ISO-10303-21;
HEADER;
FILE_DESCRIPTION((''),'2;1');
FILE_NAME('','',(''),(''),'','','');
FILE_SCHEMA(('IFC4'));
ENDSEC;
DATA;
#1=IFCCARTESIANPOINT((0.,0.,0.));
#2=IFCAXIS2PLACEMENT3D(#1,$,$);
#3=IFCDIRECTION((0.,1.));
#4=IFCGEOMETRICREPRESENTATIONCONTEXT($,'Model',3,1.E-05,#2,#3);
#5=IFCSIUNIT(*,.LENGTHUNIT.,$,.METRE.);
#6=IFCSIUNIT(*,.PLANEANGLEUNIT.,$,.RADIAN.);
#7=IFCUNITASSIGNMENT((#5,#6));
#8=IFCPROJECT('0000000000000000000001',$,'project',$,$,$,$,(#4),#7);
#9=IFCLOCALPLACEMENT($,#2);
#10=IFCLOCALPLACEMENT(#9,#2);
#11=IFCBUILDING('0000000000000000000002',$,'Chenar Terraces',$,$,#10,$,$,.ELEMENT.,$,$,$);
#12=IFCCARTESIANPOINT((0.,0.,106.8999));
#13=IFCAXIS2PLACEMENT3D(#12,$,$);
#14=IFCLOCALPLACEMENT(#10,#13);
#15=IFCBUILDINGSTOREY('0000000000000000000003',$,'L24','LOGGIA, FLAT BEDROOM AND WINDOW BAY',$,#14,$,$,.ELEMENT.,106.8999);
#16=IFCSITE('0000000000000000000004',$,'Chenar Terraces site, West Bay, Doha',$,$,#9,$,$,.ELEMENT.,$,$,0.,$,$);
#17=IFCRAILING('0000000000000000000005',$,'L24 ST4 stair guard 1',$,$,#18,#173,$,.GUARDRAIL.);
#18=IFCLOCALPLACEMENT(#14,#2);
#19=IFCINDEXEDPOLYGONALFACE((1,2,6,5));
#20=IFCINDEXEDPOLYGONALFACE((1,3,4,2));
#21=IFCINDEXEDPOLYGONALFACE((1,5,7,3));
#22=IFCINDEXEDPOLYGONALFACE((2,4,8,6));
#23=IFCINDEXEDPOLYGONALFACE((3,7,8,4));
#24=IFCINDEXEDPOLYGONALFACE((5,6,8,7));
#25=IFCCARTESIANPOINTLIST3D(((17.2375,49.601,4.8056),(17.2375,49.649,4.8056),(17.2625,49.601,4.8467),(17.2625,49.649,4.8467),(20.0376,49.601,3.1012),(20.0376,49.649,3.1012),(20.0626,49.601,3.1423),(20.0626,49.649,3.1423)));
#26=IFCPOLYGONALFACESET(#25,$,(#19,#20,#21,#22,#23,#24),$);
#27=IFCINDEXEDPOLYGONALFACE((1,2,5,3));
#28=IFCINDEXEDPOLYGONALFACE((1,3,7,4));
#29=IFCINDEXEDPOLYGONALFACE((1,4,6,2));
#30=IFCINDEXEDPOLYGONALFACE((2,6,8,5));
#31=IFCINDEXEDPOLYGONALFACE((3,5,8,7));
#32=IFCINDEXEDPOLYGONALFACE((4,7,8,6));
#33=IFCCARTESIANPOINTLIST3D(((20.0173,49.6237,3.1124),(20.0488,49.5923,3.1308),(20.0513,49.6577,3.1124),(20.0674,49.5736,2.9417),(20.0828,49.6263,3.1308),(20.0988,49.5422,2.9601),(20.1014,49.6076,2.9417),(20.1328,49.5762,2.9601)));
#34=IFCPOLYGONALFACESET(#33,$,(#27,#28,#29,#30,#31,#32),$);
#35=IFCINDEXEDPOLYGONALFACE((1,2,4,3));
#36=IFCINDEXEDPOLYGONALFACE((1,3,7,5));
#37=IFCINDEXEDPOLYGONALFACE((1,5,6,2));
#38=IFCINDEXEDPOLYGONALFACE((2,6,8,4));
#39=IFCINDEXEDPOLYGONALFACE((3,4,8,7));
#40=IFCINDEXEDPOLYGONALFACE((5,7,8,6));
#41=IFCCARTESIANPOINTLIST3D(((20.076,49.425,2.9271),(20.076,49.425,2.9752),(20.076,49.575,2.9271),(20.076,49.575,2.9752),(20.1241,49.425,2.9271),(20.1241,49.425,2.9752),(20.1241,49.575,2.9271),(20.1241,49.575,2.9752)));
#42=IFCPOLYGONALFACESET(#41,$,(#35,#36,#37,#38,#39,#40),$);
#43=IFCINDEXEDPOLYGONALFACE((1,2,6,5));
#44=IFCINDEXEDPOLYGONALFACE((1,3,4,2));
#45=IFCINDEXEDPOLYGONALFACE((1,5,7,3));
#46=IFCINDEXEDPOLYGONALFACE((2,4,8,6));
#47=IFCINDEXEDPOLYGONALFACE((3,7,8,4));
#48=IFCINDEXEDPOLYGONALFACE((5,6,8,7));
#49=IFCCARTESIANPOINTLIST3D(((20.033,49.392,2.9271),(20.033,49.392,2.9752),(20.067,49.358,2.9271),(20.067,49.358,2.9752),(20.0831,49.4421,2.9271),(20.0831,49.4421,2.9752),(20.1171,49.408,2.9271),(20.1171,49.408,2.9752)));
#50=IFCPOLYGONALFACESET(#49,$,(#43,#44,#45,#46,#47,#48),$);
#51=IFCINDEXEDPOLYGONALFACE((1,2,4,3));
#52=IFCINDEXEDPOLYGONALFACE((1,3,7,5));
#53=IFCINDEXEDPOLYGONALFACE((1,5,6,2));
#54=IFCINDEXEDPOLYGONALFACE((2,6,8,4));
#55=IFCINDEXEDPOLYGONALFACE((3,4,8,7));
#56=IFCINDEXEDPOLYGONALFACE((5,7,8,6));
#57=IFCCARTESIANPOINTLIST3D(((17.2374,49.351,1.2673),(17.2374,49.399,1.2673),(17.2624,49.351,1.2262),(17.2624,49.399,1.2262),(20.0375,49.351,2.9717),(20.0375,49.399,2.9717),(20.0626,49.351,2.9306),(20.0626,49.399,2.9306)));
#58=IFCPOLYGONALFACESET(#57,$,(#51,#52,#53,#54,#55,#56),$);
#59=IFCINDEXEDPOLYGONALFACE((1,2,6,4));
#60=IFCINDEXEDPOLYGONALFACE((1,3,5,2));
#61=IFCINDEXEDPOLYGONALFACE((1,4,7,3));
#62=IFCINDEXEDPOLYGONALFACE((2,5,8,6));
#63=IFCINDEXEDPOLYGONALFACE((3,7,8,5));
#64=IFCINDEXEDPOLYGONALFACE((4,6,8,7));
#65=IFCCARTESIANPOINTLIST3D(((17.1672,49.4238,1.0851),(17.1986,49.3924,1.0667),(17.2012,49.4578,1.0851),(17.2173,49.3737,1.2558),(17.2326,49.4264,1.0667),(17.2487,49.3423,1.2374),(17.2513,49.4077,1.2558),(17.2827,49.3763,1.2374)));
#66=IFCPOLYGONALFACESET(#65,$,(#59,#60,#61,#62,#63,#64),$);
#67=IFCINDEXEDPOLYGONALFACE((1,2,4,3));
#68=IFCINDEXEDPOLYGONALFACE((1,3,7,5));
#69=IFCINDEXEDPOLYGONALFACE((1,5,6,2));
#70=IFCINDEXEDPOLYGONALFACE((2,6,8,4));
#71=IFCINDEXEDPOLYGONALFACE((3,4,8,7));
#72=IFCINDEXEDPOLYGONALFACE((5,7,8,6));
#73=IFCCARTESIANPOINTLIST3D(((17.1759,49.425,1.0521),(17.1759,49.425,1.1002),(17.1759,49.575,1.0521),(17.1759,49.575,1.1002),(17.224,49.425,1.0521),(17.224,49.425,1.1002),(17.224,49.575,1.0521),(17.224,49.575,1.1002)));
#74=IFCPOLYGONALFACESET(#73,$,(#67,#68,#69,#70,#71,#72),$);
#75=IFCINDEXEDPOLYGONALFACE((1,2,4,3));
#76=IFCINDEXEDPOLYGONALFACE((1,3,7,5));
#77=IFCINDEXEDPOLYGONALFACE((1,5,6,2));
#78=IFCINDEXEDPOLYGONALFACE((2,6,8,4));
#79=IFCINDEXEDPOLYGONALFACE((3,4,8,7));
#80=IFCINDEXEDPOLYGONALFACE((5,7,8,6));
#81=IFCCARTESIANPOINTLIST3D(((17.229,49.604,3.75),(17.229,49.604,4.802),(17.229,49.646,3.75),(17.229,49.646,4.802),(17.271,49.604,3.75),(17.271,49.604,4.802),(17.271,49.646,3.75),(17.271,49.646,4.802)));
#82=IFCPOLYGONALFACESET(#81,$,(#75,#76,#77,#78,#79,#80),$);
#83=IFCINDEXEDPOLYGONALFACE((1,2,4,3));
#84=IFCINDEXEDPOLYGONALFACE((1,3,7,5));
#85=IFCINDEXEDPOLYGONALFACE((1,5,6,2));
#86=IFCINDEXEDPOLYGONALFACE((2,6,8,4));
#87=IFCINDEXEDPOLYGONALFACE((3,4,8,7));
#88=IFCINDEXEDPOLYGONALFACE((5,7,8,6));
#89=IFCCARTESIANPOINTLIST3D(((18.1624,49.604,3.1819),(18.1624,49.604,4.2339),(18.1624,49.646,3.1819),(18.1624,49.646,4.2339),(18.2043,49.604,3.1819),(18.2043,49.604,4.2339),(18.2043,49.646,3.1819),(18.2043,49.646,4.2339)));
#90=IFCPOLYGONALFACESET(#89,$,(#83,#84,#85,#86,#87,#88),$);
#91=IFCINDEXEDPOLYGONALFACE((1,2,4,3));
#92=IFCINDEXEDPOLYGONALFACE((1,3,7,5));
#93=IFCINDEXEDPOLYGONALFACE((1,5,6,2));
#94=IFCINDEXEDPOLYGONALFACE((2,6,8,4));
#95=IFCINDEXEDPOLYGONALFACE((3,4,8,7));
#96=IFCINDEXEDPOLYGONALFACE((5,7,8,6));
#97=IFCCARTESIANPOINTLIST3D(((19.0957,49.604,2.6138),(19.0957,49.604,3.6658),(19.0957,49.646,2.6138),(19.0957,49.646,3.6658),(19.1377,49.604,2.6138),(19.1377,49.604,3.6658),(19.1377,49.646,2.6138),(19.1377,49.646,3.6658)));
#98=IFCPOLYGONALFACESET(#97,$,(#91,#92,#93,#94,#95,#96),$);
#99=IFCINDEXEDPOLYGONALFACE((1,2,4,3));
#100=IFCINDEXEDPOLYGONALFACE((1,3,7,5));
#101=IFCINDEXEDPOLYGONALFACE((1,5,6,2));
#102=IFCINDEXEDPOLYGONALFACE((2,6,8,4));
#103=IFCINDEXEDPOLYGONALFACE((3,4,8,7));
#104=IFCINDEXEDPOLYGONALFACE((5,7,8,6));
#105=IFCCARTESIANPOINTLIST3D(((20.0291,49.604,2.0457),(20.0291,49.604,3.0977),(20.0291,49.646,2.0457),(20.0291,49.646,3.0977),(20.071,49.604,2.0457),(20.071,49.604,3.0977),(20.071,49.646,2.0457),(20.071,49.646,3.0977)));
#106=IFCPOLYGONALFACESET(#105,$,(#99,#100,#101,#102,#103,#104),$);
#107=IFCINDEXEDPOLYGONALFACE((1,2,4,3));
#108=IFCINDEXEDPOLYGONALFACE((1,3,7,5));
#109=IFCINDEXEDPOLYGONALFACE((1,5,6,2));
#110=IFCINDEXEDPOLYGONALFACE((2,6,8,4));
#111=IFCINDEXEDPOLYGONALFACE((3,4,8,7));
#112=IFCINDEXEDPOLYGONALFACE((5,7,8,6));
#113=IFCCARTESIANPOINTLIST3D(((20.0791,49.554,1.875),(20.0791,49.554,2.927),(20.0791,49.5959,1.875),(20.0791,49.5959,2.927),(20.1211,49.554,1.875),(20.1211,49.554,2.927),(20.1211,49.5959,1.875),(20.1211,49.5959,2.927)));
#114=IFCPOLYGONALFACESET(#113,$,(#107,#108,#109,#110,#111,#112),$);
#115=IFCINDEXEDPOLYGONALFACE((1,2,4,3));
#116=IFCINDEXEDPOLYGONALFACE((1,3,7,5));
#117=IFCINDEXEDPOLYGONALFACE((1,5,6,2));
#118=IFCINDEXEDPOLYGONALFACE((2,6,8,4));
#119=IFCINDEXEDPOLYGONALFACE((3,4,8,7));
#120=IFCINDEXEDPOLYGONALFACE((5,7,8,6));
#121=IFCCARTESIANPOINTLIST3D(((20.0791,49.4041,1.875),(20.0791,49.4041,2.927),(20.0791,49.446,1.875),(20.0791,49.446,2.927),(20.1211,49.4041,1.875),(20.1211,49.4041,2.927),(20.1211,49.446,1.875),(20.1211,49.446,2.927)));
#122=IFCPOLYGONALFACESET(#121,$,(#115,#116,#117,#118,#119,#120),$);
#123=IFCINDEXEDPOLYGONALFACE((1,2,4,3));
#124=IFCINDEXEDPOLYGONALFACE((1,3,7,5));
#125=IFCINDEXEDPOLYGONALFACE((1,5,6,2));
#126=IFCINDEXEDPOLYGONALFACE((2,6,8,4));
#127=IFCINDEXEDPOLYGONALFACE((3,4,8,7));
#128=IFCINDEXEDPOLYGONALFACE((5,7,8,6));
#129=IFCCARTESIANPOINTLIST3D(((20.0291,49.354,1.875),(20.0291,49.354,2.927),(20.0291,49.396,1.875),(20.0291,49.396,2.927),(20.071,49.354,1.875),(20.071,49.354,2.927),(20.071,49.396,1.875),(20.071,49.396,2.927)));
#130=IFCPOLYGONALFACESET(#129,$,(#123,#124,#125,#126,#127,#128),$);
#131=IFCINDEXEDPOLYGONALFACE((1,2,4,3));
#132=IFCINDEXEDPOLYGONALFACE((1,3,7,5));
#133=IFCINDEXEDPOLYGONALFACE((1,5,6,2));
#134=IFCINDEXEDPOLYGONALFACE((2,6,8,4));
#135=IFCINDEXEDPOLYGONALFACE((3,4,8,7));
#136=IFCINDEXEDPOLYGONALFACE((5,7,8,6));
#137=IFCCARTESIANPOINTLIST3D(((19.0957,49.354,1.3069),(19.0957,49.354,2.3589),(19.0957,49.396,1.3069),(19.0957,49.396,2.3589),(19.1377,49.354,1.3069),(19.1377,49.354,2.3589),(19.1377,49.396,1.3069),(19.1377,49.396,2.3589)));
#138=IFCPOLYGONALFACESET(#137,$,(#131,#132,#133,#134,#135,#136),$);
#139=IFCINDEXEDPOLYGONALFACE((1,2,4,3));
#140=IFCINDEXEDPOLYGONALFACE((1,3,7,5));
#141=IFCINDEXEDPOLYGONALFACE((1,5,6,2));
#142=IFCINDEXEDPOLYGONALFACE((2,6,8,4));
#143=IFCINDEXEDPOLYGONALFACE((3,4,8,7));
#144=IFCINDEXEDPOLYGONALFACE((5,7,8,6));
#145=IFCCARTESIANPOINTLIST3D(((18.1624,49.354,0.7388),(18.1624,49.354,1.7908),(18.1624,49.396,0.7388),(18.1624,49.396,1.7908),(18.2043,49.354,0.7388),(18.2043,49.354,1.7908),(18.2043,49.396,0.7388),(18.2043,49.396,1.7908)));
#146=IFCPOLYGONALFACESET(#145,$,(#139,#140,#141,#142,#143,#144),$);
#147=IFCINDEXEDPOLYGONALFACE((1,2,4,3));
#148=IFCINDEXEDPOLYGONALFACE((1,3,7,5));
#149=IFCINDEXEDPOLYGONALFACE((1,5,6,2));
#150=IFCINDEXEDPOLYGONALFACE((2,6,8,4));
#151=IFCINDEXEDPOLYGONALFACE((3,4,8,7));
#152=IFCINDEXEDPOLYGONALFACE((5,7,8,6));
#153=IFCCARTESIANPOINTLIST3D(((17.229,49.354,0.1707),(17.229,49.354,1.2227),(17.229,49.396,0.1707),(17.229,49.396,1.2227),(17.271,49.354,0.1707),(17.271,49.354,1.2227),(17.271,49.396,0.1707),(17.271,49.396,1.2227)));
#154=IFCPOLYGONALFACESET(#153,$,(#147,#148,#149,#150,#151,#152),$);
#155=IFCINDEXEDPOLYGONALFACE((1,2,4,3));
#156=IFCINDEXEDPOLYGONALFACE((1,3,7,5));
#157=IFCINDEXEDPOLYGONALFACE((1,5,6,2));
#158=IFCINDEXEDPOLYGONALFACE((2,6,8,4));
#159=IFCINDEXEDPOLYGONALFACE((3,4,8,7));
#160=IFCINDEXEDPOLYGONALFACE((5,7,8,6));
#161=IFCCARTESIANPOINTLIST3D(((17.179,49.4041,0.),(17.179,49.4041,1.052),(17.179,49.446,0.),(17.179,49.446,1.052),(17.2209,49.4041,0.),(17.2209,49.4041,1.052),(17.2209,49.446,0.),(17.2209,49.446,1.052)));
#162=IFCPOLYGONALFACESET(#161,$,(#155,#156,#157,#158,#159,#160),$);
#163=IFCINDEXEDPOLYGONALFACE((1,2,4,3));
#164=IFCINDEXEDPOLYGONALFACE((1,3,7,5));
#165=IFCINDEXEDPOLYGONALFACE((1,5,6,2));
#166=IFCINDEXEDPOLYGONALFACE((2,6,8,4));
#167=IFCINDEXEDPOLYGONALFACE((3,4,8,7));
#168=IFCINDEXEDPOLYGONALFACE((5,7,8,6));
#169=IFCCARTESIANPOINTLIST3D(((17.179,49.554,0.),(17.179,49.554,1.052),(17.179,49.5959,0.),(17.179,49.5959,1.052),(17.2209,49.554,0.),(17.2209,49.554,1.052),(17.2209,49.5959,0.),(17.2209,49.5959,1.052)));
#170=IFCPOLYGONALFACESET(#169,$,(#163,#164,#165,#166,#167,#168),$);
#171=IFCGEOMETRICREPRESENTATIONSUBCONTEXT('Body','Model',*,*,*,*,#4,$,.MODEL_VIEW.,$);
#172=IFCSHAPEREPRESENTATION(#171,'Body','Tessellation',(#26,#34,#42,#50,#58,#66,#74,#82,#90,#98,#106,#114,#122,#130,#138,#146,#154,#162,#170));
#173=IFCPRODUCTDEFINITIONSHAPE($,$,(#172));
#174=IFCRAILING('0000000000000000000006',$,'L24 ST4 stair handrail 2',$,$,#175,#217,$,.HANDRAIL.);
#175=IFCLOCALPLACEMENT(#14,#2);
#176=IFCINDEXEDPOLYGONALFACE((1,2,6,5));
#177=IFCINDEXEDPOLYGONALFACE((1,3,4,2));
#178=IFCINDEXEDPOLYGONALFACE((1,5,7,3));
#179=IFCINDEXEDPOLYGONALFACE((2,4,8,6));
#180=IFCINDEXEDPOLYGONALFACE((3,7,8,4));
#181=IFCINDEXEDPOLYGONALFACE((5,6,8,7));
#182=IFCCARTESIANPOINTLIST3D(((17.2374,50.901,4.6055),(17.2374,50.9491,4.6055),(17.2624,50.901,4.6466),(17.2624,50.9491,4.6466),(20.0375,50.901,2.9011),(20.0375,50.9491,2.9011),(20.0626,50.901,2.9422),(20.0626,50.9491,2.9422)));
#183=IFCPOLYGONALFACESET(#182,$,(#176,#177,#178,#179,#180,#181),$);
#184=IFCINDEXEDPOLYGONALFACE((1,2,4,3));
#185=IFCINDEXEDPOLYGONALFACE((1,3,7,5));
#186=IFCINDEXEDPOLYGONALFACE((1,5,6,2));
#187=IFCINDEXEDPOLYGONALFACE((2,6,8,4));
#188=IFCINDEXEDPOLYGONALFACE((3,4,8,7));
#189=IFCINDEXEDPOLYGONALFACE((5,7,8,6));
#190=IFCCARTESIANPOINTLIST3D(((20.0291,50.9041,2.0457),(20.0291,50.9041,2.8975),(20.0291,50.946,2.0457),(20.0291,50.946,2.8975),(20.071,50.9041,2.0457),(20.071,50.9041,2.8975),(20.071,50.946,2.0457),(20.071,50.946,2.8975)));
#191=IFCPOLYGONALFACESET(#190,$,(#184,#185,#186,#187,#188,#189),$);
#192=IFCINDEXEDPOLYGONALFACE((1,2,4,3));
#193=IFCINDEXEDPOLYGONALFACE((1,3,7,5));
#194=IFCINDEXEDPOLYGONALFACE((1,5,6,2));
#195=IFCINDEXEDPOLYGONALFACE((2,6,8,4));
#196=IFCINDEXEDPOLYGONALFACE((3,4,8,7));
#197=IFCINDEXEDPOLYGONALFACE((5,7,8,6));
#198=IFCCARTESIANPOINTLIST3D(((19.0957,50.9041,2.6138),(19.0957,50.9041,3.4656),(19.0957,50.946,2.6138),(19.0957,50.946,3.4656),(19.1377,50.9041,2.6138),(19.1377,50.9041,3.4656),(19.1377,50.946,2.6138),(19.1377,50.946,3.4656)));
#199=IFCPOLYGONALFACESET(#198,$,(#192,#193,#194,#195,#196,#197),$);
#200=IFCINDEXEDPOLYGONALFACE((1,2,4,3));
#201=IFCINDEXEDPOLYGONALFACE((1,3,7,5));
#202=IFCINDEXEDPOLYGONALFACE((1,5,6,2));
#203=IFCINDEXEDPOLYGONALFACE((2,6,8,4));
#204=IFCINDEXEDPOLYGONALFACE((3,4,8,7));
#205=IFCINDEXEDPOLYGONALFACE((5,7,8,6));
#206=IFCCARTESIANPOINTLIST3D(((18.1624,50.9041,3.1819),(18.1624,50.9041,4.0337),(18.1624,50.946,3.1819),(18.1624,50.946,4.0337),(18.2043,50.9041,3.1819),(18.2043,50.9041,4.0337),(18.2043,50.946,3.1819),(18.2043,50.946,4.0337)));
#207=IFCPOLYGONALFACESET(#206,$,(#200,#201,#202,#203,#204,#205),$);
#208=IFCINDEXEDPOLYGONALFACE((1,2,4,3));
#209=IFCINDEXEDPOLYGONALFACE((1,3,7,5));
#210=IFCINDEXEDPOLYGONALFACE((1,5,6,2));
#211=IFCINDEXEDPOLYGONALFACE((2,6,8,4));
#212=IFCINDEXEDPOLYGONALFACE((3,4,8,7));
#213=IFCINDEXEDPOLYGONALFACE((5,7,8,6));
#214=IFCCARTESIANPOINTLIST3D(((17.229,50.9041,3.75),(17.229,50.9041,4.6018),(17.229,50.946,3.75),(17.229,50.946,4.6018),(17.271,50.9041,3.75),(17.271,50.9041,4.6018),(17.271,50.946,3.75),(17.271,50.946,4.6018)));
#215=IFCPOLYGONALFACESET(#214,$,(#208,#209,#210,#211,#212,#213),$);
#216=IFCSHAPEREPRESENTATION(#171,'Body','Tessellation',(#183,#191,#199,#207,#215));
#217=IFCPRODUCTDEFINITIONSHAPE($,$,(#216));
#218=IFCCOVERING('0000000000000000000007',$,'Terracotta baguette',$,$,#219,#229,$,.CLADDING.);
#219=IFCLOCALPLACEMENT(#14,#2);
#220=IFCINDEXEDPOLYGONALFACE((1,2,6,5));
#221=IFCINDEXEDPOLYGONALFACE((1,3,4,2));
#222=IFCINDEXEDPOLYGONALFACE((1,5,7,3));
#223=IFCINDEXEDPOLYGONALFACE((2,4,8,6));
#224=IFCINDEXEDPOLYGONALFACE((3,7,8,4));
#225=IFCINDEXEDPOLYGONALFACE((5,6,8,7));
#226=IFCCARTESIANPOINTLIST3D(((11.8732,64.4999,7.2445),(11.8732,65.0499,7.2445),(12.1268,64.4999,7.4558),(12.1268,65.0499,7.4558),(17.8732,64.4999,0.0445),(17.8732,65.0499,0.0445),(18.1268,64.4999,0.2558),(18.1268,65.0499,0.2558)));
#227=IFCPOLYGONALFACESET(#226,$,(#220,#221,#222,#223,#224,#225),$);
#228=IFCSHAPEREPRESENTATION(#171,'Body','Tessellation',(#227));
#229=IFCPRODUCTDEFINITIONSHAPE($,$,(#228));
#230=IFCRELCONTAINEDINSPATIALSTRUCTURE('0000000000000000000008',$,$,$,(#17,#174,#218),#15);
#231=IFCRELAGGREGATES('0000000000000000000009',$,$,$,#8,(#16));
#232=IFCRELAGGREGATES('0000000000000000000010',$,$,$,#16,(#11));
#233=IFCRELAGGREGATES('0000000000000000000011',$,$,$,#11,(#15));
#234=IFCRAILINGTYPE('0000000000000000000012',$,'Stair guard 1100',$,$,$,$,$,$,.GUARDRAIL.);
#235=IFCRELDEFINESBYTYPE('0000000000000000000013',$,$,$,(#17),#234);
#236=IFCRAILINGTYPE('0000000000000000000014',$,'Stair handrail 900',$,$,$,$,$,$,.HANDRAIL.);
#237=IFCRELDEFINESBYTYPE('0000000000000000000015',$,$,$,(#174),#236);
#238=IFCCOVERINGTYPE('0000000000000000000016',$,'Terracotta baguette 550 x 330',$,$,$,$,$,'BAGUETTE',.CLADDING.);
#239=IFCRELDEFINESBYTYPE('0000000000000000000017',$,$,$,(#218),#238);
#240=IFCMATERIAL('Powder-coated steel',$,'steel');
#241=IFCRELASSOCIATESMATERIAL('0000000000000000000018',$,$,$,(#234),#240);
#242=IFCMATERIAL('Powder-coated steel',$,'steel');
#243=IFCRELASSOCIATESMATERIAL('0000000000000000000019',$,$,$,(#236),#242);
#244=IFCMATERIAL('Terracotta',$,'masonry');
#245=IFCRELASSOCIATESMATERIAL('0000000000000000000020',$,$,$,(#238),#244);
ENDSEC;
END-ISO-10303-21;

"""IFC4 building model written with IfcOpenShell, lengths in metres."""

from ifc_helpers import new_model, si_unit, direction, frame, origin, origin_2d, place, context, subcontext, project, spatial, rectangle, extrude, material, material_profile, profile_set, type_object, element, save


model = new_model("IFC4")

# Units and contexts
model_context = context("Model", 3, precision=1e-05, world=origin(), true_north=direction((0.0, 1.0)))
body_context = subcontext(model_context, "Body", "Model", "MODEL_VIEW")
ifc_project = project(units=[si_unit("LENGTHUNIT", "METRE"), si_unit("PLANEANGLEUNIT", "RADIAN")], contexts=[model_context])

# Site, building, storey
site_placement = place(None, origin())
site = spatial("IfcSite", under=ifc_project, at=site_placement, Name="Chenar Terraces site, West Bay, Doha", CompositionType="ELEMENT", RefElevation=0.0)
building_placement = place(site_placement, origin())
building = spatial("IfcBuilding", under=site, at=building_placement, Name="Chenar Terraces", CompositionType="ELEMENT")
storey_placement = place(building_placement, frame((0.0, 0.0, 106.8999)))
storey = spatial("IfcBuildingStorey", under=building, at=storey_placement, Name="L24", Description="LOGGIA, FLAT BEDROOM AND WINDOW BAY", CompositionType="ELEMENT", Elevation=106.8999)

# Railings
ifc_material_1 = material(Name="Powder-coated steel", Category="steel")
railing_type_1 = type_object("IfcRailingType", Name="Stair guard 1100", PredefinedType="GUARDRAIL", material=ifc_material_1)
railing_1_placement = place(storey_placement, frame((17.25, 49.625, 3.75)))
element("IfcRailing", 1, at=railing_1_placement, inside=storey, type_object=railing_type_1, Name="L24 ST4 stair guard 1", PredefinedType="GUARDRAIL", context=body_context, shape_type="SweptSolid", body=[
    extrude(rectangle(XDim=0.0481, YDim=0.0481, at=origin_2d()), frame((0.0, 0.0, 1.0762), z_axis=(0.854203, 0.0, -0.51994), x_axis=(0.0, 1.0, 0.0)), (0.0, 0.0, 1.0), 3.2781),
    extrude(rectangle(XDim=0.0481, YDim=0.0481, at=origin_2d()), frame((2.8, 0.0, -0.6284), z_axis=(0.2709, -0.2709, -0.923703), x_axis=(0.707107, 0.707107, 0.0)), (0.0, 0.0, 1.0), 0.1848),
    extrude(rectangle(XDim=0.0481, YDim=0.0481, at=origin_2d()), frame((2.8501, -0.05, -0.7988), z_axis=(0.0, -1.0, 0.0), x_axis=(1.0, 0.0, 0.0)), (0.0, 0.0, 1.0), 0.1499),
    extrude(rectangle(XDim=0.0481, YDim=0.0481, at=origin_2d()), frame((2.8501, -0.2, -0.7988), z_axis=(-0.707107, -0.707107, 0.0), x_axis=(0.707107, -0.707107, 0.0)), (0.0, 0.0, 1.0), 0.0708),
    extrude(rectangle(XDim=0.0481, YDim=0.0481, at=origin_2d()), frame((2.8, -0.25, -0.7988), z_axis=(-0.854203, 0.0, -0.51994), x_axis=(0.0, -1.0, 0.0)), (0.0, 0.0, 1.0), 3.2781),
    extrude(rectangle(XDim=0.0481, YDim=0.0481, at=origin_2d()), frame((0.0, -0.25, -2.5034), z_axis=(-0.2709, 0.2709, -0.923703), x_axis=(-0.707107, -0.707107, 0.0)), (0.0, 0.0, 1.0), 0.1848),
    extrude(rectangle(XDim=0.0481, YDim=0.0481, at=origin_2d()), frame((-0.05, -0.2, -2.6738), z_axis=(0.0, 1.0, 0.0), x_axis=(-1.0, 0.0, 0.0)), (0.0, 0.0, 1.0), 0.1499),
    extrude(rectangle(XDim=0.042, YDim=0.042, at=origin_2d()), origin(), (0.0, 0.0, 1.0), 1.052),
    extrude(rectangle(XDim=0.042, YDim=0.042, at=origin_2d()), frame((0.9333, 0.0, -0.5681)), (0.0, 0.0, 1.0), 1.052),
    extrude(rectangle(XDim=0.042, YDim=0.042, at=origin_2d()), frame((1.8667, 0.0, -1.1362)), (0.0, 0.0, 1.0), 1.052),
    extrude(rectangle(XDim=0.042, YDim=0.042, at=origin_2d()), frame((2.8, 0.0, -1.7043)), (0.0, 0.0, 1.0), 1.052),
    extrude(rectangle(XDim=0.042, YDim=0.042, at=origin_2d()), frame((2.8501, -0.05, -1.875)), (0.0, 0.0, 1.0), 1.052),
    extrude(rectangle(XDim=0.042, YDim=0.042, at=origin_2d()), frame((2.8501, -0.2, -1.875)), (0.0, 0.0, 1.0), 1.052),
    extrude(rectangle(XDim=0.042, YDim=0.042, at=origin_2d()), frame((2.8, -0.25, -1.875)), (0.0, 0.0, 1.0), 1.052),
    extrude(rectangle(XDim=0.042, YDim=0.042, at=origin_2d()), frame((1.8667, -0.25, -2.4431)), (0.0, 0.0, 1.0), 1.052),
    extrude(rectangle(XDim=0.042, YDim=0.042, at=origin_2d()), frame((0.9333, -0.25, -3.0112)), (0.0, 0.0, 1.0), 1.052),
    extrude(rectangle(XDim=0.042, YDim=0.042, at=origin_2d()), frame((0.0, -0.25, -3.5793)), (0.0, 0.0, 1.0), 1.052),
    extrude(rectangle(XDim=0.042, YDim=0.042, at=origin_2d()), frame((-0.05, -0.2, -3.75)), (0.0, 0.0, 1.0), 1.052),
    extrude(rectangle(XDim=0.042, YDim=0.042, at=origin_2d()), frame((-0.05, -0.05, -3.75)), (0.0, 0.0, 1.0), 1.052),
])
ifc_material_2 = material(Name="Powder-coated steel", Category="steel")
railing_type_2 = type_object("IfcRailingType", Name="Stair handrail 900", PredefinedType="HANDRAIL", material=ifc_material_2)
railing_2_placement = place(storey_placement, frame((20.05, 50.925, 2.0457)))
element("IfcRailing", 2, at=railing_2_placement, inside=storey, type_object=railing_type_2, Name="L24 ST4 stair handrail 2", PredefinedType="HANDRAIL", context=body_context, shape_type="SweptSolid", body=[
    extrude(rectangle(XDim=0.0481, YDim=0.0481, at=origin_2d()), frame((0.0, 0.0, 0.876), z_axis=(-0.854203, 0.0, 0.51994), x_axis=(0.0, -1.0, 0.0)), (0.0, 0.0, 1.0), 3.2781),
    extrude(rectangle(XDim=0.042, YDim=0.042, at=origin_2d()), origin(), (0.0, 0.0, 1.0), 0.8518),
    extrude(rectangle(XDim=0.042, YDim=0.042, at=origin_2d()), frame((-0.9333, 0.0, 0.5681)), (0.0, 0.0, 1.0), 0.8518),
    extrude(rectangle(XDim=0.042, YDim=0.042, at=origin_2d()), frame((-1.8667, 0.0, 1.1362)), (0.0, 0.0, 1.0), 0.8518),
    extrude(rectangle(XDim=0.042, YDim=0.042, at=origin_2d()), frame((-2.8, 0.0, 1.7043)), (0.0, 0.0, 1.0), 0.8518),
])

# Covering
ifc_material_3 = material(Name="Terracotta", Category="masonry")
ifc_material_profile_1 = material_profile(ifc_material_3, rectangle(XDim=0.55, YDim=0.3301, at=origin_2d()), Name="Terracotta baguette 550 x 330")
ifc_profile_set_1 = profile_set([ifc_material_profile_1], Name="Terracotta")
covering_type = type_object("IfcCoveringType", Name="Terracotta baguette 550 x 330", ElementType="BAGUETTE", PredefinedType="CLADDING", material=ifc_profile_set_1)
for number, where, z_axis, x_axis, name in (
    (3, (18.0, 64.7749, 0.1501), (-0.640187, 0.0, 0.768219), (0.0, -1.0, 0.0), "Terracotta baguette"),
):
    element("IfcCovering", number, at=place(storey_placement, frame(where, z_axis=z_axis, x_axis=x_axis)), inside=storey, type_object=covering_type, Name=name, PredefinedType="CLADDING", context=body_context, shape_type="SweptSolid", body=[
        extrude(rectangle(XDim=0.55, YDim=0.3301, at=origin_2d()), origin(), (0.0, 0.0, 1.0), 9.3723),
    ])

save(model, "model.ifc")
